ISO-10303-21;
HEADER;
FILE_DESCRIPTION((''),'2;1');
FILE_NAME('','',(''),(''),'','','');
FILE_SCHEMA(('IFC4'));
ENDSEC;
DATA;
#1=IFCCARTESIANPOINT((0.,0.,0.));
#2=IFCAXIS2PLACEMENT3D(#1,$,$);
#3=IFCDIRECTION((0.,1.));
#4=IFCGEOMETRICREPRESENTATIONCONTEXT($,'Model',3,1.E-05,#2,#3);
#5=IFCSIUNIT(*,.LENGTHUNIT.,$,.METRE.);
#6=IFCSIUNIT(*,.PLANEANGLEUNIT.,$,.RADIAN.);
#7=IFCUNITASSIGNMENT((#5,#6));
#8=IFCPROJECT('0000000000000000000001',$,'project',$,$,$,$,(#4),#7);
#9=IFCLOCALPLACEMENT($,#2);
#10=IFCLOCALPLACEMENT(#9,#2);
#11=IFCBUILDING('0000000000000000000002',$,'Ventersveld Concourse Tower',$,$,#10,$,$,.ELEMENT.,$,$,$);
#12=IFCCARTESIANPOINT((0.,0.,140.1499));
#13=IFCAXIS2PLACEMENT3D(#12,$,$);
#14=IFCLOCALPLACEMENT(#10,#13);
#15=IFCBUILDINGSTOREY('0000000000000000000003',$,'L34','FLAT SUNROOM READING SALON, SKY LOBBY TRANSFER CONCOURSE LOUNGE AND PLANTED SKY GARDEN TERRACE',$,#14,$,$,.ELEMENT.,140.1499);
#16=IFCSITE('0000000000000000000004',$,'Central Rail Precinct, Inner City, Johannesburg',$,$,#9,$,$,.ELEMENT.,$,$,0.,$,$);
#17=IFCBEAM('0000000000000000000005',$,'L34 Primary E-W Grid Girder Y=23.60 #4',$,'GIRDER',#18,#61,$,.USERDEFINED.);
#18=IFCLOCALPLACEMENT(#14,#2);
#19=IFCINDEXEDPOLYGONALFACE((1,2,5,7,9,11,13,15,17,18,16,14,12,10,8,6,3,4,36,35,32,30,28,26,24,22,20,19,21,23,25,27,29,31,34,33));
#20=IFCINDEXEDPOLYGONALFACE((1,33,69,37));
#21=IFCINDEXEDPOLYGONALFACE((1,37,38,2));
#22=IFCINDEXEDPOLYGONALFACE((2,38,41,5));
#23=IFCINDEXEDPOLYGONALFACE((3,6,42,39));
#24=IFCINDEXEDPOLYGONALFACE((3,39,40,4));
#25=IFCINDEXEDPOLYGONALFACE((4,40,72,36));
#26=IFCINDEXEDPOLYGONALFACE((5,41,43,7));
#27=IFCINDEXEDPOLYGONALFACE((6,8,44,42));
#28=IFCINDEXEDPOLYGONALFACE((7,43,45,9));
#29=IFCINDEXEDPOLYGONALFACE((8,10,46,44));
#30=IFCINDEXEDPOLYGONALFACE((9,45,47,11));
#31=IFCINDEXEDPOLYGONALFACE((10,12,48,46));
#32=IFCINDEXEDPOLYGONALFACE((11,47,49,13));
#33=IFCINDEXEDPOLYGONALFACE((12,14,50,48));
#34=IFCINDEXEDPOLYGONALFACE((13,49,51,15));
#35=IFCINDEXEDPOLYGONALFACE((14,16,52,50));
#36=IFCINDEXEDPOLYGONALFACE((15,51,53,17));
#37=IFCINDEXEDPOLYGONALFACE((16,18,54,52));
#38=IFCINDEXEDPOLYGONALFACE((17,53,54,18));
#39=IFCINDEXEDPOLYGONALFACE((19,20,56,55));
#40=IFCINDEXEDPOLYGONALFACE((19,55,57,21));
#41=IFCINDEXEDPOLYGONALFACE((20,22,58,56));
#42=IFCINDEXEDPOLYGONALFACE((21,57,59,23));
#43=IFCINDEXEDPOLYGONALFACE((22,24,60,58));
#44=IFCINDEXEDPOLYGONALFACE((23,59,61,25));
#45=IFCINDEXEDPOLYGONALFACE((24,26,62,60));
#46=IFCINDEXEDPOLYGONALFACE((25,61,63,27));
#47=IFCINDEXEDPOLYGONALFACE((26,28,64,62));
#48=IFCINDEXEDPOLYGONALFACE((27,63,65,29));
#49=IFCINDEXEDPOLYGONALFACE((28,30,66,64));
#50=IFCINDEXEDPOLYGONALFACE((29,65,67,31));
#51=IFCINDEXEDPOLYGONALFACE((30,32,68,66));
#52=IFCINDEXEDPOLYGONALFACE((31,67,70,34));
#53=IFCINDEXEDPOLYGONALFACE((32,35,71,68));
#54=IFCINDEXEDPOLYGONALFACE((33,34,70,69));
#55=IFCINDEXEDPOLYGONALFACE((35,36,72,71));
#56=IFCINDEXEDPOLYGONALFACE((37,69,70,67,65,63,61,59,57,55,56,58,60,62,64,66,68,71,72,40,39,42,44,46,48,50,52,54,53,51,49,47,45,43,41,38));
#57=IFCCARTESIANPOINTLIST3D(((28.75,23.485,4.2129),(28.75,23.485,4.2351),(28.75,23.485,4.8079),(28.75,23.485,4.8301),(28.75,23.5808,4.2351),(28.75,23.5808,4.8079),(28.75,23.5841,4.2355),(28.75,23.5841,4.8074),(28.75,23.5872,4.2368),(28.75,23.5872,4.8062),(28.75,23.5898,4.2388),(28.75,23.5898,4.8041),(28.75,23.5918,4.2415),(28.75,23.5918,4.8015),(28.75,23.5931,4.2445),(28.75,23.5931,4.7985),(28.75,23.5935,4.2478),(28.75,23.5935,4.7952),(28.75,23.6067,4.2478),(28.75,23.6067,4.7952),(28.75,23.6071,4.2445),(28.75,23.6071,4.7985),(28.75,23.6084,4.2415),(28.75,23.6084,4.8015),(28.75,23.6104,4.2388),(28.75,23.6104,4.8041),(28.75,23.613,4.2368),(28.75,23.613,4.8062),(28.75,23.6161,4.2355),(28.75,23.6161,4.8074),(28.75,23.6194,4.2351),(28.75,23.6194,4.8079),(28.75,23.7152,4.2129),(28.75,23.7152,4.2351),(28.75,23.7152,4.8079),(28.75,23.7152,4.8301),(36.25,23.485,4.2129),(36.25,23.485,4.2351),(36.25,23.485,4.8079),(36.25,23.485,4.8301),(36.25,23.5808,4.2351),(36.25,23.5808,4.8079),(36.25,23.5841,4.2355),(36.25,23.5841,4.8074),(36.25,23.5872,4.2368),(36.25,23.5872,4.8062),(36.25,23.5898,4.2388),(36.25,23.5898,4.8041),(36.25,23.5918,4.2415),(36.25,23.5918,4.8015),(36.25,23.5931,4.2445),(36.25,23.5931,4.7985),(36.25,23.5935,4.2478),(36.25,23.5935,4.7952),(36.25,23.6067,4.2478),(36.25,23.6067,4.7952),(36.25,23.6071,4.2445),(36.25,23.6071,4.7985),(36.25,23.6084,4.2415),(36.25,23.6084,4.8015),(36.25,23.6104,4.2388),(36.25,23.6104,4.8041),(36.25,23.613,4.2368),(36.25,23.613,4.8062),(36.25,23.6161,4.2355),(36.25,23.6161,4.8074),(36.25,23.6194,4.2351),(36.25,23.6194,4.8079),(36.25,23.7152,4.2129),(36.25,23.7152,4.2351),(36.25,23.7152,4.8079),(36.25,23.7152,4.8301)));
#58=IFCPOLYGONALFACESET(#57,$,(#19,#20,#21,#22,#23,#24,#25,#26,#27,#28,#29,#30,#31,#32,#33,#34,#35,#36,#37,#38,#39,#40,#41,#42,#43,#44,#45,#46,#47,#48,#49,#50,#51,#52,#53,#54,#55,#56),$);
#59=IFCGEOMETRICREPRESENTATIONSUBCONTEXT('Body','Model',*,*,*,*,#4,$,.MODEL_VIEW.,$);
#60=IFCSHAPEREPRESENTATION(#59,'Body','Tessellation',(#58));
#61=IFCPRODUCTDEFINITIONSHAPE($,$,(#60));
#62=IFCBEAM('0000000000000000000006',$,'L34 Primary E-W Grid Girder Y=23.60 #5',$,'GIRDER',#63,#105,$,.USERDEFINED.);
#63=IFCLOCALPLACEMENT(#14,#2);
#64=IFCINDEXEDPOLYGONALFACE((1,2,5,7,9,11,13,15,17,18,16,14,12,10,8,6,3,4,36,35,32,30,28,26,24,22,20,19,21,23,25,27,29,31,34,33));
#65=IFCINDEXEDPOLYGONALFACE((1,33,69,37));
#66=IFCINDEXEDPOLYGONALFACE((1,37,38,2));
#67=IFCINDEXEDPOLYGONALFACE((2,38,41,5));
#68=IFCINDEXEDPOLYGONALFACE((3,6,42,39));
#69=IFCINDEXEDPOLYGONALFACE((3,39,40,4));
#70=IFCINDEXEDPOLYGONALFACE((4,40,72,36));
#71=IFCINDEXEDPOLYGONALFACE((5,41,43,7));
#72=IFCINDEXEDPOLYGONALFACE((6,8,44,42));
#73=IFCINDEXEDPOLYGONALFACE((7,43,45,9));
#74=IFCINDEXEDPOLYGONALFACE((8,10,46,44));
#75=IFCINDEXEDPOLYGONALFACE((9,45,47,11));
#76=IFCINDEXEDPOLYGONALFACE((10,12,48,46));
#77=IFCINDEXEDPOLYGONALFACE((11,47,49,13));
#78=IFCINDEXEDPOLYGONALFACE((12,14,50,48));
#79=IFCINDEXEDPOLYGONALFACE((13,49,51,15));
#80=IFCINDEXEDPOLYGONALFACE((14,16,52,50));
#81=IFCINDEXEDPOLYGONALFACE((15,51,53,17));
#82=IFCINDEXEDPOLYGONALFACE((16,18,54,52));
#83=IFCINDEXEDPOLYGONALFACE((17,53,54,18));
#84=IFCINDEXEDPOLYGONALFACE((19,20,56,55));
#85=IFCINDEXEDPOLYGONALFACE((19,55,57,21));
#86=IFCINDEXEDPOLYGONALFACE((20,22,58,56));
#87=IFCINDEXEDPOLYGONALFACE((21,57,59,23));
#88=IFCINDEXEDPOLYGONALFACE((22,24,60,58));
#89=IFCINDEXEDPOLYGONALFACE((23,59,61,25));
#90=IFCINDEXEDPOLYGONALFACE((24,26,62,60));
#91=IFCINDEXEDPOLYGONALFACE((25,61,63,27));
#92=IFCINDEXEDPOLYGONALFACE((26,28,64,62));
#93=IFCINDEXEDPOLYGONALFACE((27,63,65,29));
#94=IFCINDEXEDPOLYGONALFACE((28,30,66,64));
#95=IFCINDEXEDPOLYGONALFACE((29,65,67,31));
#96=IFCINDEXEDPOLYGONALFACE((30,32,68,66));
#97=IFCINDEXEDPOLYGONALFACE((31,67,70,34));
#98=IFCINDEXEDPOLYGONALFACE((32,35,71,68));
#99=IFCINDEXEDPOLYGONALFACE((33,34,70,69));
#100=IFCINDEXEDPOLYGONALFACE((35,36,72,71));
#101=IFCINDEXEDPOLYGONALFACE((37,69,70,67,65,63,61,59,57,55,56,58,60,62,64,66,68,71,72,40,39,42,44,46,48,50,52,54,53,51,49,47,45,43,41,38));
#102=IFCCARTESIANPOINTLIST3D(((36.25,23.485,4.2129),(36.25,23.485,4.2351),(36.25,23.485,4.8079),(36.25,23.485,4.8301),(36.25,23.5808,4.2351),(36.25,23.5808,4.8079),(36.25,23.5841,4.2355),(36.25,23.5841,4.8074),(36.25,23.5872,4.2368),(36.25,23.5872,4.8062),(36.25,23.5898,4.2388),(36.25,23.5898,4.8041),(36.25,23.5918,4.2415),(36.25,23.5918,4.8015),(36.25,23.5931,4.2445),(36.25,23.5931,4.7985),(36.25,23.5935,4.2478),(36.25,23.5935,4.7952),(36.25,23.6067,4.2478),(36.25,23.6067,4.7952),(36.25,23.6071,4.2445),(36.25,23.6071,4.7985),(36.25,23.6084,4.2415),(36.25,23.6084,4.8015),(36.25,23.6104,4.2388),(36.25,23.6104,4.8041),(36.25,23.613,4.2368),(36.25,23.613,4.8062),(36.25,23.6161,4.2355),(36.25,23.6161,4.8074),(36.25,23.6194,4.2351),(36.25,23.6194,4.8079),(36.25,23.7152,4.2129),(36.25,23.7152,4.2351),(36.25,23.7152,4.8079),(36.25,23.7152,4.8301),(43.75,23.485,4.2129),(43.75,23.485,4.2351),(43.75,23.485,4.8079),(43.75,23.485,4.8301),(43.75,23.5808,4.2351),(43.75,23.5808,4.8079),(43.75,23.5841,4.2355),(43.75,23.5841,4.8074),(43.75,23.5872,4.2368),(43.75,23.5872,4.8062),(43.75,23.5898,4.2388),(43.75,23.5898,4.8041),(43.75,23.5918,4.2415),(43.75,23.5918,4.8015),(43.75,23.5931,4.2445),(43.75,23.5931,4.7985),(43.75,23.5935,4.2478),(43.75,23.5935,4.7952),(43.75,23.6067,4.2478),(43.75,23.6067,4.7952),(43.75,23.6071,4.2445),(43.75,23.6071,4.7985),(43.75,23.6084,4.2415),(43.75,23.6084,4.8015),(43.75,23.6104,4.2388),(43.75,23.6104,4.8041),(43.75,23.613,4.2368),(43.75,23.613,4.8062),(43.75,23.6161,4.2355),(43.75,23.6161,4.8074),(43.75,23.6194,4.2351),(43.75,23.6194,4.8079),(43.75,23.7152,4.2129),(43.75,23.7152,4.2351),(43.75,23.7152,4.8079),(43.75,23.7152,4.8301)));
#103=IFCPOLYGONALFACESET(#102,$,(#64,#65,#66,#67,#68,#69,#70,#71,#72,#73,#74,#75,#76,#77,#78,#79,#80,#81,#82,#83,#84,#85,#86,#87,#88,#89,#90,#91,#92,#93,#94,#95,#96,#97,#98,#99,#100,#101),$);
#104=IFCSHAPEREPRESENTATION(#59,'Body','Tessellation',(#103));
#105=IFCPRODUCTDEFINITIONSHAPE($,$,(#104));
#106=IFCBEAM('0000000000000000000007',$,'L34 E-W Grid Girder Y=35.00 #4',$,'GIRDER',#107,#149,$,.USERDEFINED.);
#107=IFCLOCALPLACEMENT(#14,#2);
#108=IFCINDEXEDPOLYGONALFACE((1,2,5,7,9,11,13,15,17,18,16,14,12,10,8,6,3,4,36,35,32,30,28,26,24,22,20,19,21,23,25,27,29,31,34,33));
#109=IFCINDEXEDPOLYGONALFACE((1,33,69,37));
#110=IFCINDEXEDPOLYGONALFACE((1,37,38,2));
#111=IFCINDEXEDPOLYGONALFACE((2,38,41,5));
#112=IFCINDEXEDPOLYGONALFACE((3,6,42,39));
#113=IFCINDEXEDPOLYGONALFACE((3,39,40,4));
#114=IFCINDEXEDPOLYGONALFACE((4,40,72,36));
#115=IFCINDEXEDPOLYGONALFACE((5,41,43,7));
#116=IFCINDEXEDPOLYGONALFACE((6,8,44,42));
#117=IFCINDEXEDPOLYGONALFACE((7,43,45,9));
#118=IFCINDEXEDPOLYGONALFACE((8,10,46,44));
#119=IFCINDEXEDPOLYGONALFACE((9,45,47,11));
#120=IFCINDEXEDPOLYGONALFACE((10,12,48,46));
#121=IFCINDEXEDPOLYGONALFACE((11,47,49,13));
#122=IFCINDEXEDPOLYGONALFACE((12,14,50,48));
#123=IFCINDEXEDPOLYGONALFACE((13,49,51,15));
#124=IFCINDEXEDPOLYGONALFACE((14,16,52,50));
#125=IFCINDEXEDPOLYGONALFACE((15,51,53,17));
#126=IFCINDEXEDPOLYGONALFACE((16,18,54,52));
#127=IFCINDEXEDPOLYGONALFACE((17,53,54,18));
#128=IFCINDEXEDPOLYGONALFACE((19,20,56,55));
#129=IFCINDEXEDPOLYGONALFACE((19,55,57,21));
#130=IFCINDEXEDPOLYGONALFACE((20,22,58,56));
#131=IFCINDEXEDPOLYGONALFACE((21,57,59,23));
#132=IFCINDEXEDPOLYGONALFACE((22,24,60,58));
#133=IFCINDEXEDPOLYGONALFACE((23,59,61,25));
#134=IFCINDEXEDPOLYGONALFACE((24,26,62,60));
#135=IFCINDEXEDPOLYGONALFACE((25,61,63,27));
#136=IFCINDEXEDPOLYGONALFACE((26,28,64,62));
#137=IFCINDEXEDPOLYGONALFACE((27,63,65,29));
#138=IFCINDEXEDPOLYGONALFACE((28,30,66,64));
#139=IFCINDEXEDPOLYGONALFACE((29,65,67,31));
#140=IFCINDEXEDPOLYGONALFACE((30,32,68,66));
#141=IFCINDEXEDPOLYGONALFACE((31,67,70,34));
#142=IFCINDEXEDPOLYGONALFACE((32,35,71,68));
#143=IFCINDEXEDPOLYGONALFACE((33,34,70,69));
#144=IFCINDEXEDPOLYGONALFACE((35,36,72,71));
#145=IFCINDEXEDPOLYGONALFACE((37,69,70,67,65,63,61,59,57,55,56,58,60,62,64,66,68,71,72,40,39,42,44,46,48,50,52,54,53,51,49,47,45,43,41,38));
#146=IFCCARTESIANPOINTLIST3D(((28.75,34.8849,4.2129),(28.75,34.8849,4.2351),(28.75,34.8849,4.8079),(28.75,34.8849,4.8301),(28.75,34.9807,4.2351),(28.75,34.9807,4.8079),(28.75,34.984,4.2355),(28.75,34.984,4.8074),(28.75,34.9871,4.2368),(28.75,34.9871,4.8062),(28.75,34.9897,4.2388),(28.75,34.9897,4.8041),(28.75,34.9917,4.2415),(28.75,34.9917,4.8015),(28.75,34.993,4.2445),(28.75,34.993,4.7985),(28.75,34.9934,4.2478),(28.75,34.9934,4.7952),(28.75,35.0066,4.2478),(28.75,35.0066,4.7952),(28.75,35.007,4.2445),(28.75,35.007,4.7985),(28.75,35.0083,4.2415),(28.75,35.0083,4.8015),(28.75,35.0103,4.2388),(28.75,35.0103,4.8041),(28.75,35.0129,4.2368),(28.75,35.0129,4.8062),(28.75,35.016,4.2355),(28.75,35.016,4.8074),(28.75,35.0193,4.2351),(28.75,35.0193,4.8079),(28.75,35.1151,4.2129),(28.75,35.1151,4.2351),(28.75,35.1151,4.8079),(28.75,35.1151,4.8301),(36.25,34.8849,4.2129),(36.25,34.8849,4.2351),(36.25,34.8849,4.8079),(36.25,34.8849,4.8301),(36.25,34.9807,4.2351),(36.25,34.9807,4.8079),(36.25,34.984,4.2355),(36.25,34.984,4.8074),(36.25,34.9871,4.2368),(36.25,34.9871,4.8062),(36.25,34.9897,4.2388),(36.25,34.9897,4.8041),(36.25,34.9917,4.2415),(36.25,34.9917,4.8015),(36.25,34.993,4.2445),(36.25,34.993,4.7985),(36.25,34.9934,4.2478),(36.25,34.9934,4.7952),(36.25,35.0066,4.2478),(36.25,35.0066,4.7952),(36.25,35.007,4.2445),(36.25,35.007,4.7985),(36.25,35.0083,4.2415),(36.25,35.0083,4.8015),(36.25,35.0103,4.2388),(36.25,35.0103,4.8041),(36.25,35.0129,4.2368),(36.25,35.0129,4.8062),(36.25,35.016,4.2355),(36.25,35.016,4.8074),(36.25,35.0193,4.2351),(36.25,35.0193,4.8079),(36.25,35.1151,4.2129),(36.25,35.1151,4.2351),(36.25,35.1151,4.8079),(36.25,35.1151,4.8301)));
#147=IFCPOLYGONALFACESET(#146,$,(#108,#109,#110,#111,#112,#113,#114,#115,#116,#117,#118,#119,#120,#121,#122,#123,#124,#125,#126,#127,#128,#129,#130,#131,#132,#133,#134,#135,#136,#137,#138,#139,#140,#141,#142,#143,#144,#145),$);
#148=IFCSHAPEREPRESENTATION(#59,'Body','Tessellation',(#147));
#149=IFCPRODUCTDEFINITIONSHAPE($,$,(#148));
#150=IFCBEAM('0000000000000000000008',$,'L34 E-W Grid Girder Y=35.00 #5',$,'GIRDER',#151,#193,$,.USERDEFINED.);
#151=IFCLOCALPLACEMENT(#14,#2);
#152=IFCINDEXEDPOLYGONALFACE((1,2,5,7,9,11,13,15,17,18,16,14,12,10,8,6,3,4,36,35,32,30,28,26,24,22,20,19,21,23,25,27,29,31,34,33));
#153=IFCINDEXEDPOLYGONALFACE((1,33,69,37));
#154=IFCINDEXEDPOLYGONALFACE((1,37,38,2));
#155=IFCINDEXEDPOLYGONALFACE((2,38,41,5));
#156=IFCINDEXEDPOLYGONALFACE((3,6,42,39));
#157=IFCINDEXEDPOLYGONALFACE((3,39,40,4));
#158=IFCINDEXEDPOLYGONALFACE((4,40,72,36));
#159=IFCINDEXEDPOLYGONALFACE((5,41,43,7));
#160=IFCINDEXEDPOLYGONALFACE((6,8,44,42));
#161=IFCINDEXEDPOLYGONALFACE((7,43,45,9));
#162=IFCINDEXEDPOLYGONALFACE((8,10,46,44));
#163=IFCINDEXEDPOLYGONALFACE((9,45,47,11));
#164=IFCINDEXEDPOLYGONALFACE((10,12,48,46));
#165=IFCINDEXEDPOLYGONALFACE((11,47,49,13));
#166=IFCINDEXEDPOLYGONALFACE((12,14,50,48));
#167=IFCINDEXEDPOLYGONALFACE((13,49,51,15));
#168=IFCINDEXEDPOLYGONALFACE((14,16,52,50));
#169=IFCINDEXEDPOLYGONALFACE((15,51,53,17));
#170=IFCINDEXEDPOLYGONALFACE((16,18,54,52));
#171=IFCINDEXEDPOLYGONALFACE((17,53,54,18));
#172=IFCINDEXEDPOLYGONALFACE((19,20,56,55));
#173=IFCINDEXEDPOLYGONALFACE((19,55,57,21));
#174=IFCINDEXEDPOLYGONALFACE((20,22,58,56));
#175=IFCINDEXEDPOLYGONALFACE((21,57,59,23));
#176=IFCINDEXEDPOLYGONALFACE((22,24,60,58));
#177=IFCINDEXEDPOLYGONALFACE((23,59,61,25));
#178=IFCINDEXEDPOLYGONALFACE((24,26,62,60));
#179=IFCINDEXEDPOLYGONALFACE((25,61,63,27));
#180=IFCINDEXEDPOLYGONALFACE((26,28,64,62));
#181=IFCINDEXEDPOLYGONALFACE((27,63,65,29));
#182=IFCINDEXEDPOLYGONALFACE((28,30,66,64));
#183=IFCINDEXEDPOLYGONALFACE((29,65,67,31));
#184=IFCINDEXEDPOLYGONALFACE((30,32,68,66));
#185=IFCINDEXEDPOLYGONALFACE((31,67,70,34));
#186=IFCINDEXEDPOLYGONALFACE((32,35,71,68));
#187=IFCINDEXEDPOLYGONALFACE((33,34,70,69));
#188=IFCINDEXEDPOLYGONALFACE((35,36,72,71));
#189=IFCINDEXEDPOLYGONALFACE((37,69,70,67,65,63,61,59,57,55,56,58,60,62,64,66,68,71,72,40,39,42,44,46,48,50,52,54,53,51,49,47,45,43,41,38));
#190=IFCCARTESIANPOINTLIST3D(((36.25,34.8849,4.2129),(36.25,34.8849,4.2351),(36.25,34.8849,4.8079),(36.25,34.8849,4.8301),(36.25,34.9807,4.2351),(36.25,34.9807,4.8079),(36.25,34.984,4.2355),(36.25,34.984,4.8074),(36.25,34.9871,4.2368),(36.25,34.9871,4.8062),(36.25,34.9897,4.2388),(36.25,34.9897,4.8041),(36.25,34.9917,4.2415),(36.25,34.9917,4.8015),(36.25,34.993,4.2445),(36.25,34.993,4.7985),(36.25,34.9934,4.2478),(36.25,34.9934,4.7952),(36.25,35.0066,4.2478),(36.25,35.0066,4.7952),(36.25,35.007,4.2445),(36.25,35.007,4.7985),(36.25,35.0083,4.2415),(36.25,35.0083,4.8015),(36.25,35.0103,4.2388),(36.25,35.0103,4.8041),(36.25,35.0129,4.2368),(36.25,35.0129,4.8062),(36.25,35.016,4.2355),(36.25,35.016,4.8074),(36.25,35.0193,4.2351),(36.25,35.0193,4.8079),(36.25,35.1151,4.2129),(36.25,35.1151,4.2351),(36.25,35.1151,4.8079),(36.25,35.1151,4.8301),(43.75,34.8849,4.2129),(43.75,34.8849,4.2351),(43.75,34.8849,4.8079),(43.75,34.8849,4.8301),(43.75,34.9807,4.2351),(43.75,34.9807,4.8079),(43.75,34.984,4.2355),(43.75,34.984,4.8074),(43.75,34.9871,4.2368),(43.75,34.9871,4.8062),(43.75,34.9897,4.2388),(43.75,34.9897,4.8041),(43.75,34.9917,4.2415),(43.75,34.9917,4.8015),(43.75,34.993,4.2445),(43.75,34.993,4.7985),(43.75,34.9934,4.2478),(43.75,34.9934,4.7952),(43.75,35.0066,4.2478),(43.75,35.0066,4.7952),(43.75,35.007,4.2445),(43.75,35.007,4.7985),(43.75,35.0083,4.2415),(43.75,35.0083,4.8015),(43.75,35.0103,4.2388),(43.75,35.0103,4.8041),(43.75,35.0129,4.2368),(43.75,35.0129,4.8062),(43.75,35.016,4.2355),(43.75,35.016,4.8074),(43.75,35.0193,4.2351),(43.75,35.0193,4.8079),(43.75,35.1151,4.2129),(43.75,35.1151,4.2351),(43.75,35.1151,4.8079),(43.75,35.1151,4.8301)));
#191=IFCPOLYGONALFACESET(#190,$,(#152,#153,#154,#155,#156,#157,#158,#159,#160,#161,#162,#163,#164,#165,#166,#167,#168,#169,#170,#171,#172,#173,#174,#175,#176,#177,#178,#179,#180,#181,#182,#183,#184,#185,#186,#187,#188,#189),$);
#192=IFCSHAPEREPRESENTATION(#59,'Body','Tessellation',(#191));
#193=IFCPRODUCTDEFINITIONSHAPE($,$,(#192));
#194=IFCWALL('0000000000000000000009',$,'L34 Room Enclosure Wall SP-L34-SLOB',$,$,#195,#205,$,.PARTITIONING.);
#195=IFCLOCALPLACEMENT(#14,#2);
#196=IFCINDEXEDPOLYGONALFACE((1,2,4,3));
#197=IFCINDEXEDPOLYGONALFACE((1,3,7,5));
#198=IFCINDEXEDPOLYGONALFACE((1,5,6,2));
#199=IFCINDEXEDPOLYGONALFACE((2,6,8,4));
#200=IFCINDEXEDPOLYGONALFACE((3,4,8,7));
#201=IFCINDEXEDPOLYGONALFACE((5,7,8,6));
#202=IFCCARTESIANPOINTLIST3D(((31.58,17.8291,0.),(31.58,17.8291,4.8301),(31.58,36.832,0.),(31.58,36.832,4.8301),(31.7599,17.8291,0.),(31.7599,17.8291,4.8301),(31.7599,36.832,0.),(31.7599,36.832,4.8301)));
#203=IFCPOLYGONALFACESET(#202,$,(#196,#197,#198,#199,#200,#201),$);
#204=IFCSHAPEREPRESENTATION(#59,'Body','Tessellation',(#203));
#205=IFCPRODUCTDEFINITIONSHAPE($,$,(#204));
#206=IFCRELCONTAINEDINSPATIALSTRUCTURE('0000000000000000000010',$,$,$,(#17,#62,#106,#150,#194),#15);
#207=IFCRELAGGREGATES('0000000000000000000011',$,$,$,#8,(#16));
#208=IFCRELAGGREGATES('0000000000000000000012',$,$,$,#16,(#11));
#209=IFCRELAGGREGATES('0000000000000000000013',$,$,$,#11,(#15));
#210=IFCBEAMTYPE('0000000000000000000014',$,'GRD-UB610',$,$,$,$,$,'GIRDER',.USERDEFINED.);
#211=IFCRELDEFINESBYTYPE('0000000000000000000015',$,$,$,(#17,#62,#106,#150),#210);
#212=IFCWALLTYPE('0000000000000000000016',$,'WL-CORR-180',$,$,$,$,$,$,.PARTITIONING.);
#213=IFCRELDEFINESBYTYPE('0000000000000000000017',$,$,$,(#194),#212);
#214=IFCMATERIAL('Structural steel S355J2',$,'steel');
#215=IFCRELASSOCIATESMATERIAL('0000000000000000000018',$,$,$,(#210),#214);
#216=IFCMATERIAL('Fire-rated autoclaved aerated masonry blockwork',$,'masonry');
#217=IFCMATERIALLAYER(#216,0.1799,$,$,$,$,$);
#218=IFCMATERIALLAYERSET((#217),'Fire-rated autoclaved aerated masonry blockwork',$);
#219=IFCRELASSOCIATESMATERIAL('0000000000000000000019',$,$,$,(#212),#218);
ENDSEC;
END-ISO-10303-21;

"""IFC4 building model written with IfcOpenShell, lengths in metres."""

from ifc_helpers import new_model, si_unit, direction, frame, frame_2d, origin, origin_2d, place, context, subcontext, project, spatial, rectangle, i_section, extrude, material, layer, layer_set, material_profile, profile_set, type_object, element, save


model = new_model("IFC4")

# Units and contexts
model_context = context("Model", 3, precision=1e-05, world=origin(), true_north=direction((0.0, 1.0)))
body_context = subcontext(model_context, "Body", "Model", "MODEL_VIEW")
ifc_project = project(units=[si_unit("LENGTHUNIT", "METRE"), si_unit("PLANEANGLEUNIT", "RADIAN")], contexts=[model_context])

# Site, building, storey
site_placement = place(None, origin())
site = spatial("IfcSite", under=ifc_project, at=site_placement, Name="Central Rail Precinct, Inner City, Johannesburg", CompositionType="ELEMENT", RefElevation=0.0)
building_placement = place(site_placement, origin())
building = spatial("IfcBuilding", under=site, at=building_placement, Name="Ventersveld Concourse Tower", CompositionType="ELEMENT")
storey_placement = place(building_placement, frame((0.0, 0.0, 140.1499)))
storey = spatial("IfcBuildingStorey", under=building, at=storey_placement, Name="L34", Description="FLAT SUNROOM READING SALON, SKY LOBBY TRANSFER CONCOURSE LOUNGE AND PLANTED SKY GARDEN TERRACE", CompositionType="ELEMENT", Elevation=140.1499)

# Shared definitions
ifc_material_1 = material(Name="Structural steel S355J2", Category="steel")

# Beams
ifc_material_profile_1 = material_profile(ifc_material_1, i_section(OverallWidth=0.2302, OverallDepth=0.6172, WebThickness=0.0132, FlangeThickness=0.0222, FilletRadius=0.0127, at=origin_2d()), Name="UB 610x229x140")
ifc_profile_set_1 = profile_set([ifc_material_profile_1], Name="Structural steel S355J2")
beam_type_1 = type_object("IfcBeamType", Name="GRD-UB610", ElementType="GIRDER", PredefinedType="USERDEFINED", material=ifc_profile_set_1)
for number, where, z_axis, x_axis, name in (
    (1, (28.75, 23.6001, 4.5215), (1.0, 0.0, 0.0), (0.0, 1.0, 0.0), "L34 Primary E-W Grid Girder Y=23.60 #4"),
    (2, (36.25, 23.6001, 4.5215), (1.0, 0.0, 0.0), (0.0, 1.0, 0.0), "L34 Primary E-W Grid Girder Y=23.60 #5"),
    (3, (28.75, 35.0, 4.5215), (1.0, 0.0, 0.0), (0.0, 1.0, 0.0), "L34 E-W Grid Girder Y=35.00 #4"),
    (4, (36.25, 35.0, 4.5215), (1.0, 0.0, 0.0), (0.0, 1.0, 0.0), "L34 E-W Grid Girder Y=35.00 #5"),
):
    element("IfcBeam", number, at=place(storey_placement, frame(where, z_axis=z_axis, x_axis=x_axis)), inside=storey, type_object=beam_type_1, Name=name, ObjectType="GIRDER", PredefinedType="USERDEFINED", context=body_context, shape_type="SweptSolid", body=[
        extrude(i_section(OverallWidth=0.2302, OverallDepth=0.6172, WebThickness=0.0132, FlangeThickness=0.0222, FilletRadius=0.0127, at=origin_2d()), origin(), (0.0, 0.0, 1.0), 7.5),
    ])

# Wall
ifc_material_2 = material(Name="Fire-rated autoclaved aerated masonry blockwork", Category="masonry")
ifc_layer_1 = layer(ifc_material_2, 0.1799)
ifc_layer_set_1 = layer_set([ifc_layer_1], Name="Fire-rated autoclaved aerated masonry blockwork")
wall_type_1 = type_object("IfcWallType", Name="WL-CORR-180", PredefinedType="PARTITIONING", material=ifc_layer_set_1)
wall_1_placement = place(storey_placement, frame((31.6699, 36.832, 0.0), z_axis=(0.0, 0.0, 1.0), x_axis=(0.0, -1.0, 0.0)))
element("IfcWall", 5, at=wall_1_placement, inside=storey, type_object=wall_type_1, Name="L34 Room Enclosure Wall SP-L34-SLOB", PredefinedType="PARTITIONING", context=body_context, shape_type="SweptSolid", body=[
    extrude(rectangle(XDim=19.0029, YDim=0.1799, at=frame_2d((9.5015, 0.0))), origin(), (0.0, 0.0, 1.0), 4.8301),
])

save(model, "model.ifc")
